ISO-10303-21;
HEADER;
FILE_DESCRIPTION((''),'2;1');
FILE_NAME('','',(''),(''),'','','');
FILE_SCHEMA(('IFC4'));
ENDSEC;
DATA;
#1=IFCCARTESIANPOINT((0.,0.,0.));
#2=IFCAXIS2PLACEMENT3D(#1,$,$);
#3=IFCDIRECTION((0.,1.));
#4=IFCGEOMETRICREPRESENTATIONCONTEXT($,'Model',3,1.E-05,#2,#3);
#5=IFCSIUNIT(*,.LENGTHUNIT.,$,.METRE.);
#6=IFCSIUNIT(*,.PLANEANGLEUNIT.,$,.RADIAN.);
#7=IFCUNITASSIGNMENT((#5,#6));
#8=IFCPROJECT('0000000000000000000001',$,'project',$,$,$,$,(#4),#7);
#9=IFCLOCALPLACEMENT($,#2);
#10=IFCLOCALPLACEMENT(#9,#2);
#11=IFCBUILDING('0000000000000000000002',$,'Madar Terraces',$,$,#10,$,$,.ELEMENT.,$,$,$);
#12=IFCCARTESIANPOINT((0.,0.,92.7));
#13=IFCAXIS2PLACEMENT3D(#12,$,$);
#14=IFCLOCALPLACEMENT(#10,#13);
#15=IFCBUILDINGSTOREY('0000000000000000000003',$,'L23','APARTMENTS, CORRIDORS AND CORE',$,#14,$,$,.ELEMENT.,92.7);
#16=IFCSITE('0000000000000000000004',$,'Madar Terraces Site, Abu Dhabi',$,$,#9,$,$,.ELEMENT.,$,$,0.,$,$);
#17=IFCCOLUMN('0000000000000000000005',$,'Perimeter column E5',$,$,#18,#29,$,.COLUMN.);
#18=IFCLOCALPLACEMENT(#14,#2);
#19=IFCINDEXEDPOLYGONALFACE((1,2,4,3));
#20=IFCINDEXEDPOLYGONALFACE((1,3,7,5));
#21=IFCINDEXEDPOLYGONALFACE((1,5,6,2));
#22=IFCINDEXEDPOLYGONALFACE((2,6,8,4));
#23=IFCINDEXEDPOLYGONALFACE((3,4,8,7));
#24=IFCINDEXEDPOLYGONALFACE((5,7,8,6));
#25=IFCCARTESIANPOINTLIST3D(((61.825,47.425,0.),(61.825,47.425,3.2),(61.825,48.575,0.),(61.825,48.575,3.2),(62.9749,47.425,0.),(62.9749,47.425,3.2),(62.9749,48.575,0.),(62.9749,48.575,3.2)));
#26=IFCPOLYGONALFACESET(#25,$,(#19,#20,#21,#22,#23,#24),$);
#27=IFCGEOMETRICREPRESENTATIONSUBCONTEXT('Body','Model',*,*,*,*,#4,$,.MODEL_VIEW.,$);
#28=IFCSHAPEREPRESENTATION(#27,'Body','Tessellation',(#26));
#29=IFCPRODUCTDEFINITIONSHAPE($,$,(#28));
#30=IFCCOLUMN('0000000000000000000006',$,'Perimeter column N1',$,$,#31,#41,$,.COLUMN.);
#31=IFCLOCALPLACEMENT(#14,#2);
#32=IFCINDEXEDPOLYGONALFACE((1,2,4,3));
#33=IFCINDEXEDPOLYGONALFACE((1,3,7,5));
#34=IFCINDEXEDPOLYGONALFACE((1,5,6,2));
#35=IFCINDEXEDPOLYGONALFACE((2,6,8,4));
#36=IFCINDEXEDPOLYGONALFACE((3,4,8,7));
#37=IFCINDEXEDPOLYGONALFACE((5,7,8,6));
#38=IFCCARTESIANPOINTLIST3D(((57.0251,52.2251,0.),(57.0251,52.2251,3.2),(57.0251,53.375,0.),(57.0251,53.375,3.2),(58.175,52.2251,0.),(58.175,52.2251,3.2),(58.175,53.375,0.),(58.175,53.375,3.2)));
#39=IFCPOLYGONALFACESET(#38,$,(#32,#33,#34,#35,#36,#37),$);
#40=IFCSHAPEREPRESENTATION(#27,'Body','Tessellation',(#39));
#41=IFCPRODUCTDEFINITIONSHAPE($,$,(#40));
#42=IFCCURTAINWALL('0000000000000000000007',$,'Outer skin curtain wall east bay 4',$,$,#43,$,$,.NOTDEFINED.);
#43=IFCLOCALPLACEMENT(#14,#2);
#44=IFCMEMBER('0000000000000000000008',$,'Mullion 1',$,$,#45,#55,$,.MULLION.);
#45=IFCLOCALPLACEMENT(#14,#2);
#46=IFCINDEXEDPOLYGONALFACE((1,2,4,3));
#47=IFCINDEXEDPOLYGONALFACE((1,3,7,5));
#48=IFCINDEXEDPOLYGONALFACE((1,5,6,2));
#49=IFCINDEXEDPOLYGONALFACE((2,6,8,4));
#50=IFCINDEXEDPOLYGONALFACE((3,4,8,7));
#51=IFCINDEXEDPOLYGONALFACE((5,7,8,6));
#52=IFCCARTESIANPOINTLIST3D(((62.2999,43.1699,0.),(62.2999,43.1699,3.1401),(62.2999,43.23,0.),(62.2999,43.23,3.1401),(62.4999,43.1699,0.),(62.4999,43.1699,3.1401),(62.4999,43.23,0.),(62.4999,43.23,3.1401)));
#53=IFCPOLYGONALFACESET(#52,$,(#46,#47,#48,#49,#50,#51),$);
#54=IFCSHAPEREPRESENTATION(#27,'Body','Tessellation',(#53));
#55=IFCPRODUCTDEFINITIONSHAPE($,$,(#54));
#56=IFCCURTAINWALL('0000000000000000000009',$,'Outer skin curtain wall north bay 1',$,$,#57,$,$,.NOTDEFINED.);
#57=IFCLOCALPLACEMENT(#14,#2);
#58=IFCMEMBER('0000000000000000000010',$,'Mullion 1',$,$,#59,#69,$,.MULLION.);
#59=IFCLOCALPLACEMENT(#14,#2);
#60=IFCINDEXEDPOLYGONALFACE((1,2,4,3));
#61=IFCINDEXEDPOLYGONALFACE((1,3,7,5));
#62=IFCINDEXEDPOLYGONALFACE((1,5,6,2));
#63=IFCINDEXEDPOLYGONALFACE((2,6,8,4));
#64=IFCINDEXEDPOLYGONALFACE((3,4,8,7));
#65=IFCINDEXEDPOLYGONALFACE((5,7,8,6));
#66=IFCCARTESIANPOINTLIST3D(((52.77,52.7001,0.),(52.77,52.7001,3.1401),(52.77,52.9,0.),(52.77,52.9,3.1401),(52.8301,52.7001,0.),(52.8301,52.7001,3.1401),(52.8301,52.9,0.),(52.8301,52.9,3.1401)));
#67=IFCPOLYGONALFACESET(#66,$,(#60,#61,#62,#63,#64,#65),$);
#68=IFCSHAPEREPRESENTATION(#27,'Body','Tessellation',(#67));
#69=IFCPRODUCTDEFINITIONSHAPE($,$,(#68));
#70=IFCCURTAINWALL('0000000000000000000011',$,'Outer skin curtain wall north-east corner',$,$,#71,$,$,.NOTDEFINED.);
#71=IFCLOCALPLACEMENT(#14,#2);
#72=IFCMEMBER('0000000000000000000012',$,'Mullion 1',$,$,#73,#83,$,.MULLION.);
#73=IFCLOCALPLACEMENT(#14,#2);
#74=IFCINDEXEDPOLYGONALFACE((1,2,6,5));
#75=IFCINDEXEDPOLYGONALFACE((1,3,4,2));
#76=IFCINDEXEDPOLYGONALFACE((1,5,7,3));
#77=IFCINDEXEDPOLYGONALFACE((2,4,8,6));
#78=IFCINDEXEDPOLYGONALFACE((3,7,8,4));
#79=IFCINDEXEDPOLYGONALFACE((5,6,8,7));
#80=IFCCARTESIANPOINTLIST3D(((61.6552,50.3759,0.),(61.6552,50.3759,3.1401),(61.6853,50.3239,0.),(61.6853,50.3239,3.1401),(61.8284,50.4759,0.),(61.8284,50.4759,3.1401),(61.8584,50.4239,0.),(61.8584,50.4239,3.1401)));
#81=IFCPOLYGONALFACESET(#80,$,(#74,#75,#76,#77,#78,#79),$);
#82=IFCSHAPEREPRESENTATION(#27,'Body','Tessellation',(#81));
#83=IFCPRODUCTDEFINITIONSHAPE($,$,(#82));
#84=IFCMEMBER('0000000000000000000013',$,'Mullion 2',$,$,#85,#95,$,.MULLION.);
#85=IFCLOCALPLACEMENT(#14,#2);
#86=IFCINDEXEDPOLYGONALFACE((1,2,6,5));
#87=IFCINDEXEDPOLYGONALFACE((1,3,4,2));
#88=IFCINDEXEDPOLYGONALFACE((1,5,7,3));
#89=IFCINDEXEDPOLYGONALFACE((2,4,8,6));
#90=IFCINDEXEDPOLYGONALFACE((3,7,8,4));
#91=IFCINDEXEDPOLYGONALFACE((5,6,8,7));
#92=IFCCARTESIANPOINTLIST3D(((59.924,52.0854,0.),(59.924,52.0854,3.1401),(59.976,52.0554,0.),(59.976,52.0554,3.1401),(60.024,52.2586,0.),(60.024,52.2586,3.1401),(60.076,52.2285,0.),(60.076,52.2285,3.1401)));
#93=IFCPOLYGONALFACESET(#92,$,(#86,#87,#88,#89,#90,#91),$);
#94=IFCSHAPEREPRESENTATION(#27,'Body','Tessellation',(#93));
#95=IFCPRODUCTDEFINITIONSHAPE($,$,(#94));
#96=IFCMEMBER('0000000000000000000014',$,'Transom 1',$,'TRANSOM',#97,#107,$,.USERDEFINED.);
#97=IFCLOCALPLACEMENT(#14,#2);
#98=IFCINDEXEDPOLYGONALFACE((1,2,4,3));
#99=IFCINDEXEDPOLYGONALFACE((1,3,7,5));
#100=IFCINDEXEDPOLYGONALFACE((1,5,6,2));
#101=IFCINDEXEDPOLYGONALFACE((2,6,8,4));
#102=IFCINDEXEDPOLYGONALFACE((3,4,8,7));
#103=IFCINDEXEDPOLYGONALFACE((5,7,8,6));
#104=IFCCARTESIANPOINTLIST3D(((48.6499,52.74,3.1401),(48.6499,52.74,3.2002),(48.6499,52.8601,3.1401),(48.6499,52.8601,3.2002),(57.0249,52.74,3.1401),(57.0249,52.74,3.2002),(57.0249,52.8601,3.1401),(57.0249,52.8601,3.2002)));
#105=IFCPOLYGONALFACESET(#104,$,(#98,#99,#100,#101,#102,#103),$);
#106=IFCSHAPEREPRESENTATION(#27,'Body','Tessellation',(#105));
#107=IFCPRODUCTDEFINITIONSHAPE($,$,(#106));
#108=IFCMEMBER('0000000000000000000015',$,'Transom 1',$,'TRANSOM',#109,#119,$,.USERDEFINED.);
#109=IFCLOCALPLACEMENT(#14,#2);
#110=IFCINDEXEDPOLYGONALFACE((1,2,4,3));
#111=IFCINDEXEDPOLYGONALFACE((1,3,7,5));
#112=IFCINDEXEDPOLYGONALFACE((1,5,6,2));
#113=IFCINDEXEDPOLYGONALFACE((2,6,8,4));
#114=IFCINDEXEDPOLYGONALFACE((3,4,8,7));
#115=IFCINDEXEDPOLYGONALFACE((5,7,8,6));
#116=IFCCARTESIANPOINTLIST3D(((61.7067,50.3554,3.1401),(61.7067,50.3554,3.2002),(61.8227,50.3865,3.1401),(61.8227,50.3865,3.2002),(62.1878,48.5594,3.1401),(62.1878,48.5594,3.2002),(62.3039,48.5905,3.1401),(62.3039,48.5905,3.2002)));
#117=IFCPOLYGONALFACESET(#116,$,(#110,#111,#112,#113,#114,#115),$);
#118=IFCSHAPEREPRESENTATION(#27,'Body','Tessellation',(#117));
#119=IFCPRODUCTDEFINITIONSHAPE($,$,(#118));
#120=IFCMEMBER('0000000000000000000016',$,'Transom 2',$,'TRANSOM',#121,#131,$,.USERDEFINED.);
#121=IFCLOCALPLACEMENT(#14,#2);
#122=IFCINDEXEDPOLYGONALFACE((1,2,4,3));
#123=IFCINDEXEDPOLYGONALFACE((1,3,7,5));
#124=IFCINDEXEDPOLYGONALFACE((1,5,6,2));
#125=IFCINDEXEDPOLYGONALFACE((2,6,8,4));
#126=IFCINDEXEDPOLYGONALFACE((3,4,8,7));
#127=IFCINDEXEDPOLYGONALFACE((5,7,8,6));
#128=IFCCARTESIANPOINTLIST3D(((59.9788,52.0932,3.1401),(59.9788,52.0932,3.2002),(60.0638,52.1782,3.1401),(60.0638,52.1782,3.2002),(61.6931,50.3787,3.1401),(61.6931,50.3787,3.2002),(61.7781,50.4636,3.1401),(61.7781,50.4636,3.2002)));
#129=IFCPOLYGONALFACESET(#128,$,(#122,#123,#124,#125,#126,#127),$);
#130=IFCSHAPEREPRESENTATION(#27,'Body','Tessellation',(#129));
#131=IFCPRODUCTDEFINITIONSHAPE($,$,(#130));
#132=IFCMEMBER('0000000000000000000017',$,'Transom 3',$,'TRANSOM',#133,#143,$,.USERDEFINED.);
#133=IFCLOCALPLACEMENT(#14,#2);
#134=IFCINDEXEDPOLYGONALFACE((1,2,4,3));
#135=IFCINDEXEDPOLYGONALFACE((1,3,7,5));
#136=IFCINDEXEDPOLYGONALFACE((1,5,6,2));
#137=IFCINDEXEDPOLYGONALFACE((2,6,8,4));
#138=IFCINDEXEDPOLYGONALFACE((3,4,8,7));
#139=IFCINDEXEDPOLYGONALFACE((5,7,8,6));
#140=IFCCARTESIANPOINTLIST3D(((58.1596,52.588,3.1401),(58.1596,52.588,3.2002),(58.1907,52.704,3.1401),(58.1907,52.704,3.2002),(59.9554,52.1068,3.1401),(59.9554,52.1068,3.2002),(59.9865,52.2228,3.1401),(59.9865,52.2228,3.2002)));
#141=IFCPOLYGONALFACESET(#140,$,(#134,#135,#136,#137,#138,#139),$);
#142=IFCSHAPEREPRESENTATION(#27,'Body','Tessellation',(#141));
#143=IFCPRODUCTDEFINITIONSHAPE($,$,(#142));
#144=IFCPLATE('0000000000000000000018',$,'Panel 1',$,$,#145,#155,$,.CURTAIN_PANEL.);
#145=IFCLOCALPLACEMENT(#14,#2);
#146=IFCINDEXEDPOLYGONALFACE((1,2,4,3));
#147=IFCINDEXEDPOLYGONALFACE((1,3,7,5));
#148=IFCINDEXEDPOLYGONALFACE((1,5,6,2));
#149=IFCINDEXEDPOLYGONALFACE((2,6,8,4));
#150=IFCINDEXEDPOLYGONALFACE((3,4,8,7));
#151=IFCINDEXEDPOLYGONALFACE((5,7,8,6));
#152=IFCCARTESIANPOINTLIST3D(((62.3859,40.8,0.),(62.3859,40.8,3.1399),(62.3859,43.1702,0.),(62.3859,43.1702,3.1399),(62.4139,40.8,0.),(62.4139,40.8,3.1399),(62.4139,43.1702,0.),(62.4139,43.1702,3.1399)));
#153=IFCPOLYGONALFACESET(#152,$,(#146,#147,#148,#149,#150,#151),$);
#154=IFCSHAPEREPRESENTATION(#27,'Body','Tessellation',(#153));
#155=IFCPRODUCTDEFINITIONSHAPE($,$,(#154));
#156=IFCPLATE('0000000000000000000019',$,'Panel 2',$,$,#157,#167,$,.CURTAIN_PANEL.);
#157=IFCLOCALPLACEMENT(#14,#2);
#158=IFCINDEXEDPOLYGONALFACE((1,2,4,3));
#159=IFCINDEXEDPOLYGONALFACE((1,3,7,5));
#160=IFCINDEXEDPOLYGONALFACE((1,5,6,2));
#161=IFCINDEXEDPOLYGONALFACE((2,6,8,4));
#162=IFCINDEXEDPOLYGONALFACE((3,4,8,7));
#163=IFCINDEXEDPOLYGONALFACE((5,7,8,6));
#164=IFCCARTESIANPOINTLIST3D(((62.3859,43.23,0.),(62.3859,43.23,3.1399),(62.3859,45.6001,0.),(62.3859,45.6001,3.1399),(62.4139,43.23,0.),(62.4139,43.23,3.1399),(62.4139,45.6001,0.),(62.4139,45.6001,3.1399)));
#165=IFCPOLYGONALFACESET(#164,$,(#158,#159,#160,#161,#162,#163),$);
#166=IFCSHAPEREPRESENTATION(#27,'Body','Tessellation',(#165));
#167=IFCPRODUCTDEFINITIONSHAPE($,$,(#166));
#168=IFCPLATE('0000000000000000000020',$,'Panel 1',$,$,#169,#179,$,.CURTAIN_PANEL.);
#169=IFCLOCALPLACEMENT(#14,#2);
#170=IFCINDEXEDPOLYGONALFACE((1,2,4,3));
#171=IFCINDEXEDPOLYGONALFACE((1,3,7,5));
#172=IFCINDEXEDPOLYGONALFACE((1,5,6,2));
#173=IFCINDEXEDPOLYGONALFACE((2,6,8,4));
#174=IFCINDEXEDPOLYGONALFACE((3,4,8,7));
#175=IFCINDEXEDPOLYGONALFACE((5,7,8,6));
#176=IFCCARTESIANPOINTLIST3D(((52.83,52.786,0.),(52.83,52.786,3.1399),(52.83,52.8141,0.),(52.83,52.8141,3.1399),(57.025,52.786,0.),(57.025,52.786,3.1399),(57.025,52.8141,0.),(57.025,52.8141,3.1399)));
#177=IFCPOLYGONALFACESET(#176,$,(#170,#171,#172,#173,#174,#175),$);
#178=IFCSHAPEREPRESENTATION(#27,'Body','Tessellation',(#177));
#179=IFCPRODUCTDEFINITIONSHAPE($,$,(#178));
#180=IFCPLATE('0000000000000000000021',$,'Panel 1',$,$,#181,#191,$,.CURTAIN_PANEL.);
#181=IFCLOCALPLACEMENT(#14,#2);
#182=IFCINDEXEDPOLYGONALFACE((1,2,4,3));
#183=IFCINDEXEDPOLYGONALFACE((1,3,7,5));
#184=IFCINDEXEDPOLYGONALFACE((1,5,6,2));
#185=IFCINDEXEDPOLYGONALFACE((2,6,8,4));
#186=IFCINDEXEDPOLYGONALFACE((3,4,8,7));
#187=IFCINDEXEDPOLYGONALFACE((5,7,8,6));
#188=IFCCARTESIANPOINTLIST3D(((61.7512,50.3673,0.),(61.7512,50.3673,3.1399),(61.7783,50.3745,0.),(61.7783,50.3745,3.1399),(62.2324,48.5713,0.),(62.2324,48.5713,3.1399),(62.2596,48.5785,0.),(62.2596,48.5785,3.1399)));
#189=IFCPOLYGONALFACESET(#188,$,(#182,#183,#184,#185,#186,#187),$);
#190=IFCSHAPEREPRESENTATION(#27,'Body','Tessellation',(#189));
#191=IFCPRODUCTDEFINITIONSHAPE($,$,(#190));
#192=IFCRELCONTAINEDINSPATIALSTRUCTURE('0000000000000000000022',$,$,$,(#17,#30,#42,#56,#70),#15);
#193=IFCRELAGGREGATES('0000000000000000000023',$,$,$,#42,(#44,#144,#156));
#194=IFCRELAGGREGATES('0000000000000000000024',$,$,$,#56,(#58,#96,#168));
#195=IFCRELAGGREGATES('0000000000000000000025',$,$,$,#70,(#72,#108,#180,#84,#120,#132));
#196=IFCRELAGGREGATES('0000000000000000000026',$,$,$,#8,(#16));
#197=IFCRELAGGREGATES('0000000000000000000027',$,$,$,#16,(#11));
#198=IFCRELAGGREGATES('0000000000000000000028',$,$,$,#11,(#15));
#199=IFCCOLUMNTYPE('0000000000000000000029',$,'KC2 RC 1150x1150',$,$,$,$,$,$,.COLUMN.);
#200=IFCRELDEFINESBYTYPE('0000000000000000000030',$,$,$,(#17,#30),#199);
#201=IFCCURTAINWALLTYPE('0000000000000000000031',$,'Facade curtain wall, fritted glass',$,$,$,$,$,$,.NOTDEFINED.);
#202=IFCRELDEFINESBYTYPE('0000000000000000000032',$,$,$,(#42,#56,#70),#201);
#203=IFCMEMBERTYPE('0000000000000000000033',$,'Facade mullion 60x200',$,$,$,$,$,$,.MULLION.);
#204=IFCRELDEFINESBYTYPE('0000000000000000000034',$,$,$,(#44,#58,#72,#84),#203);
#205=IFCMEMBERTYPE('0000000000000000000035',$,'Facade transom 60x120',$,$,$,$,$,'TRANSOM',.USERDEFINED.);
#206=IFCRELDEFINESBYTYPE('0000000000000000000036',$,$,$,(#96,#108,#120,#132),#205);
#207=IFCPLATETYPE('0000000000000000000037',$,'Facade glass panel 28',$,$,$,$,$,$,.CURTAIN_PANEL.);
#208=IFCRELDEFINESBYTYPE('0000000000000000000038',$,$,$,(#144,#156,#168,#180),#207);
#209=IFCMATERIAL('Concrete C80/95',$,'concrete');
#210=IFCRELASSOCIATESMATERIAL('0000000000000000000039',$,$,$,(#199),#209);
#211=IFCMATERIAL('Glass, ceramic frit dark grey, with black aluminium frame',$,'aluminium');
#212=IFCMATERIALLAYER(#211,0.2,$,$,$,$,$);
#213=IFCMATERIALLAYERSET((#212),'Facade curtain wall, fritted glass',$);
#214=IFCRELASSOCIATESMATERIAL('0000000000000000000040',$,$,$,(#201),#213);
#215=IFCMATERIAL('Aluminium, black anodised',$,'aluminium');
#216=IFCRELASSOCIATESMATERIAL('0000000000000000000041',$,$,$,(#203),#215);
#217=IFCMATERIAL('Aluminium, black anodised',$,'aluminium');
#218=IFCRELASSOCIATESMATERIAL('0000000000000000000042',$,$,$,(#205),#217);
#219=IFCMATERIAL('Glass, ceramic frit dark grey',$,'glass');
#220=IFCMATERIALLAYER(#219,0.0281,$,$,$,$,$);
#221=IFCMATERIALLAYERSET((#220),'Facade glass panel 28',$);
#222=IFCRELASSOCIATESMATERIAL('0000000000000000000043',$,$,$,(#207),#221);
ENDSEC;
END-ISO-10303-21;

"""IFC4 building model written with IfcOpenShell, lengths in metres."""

from ifc_helpers import new_model, si_unit, direction, frame, origin, origin_2d, place, context, subcontext, project, spatial, rectangle, extrude, material, layer, layer_set, material_profile, profile_set, type_object, element, aggregate, save


model = new_model("IFC4")

# Units and contexts
model_context = context("Model", 3, precision=1e-05, world=origin(), true_north=direction((0.0, 1.0)))
body_context = subcontext(model_context, "Body", "Model", "MODEL_VIEW")
ifc_project = project(units=[si_unit("LENGTHUNIT", "METRE"), si_unit("PLANEANGLEUNIT", "RADIAN")], contexts=[model_context])

# Site, building, storey
site_placement = place(None, origin())
site = spatial("IfcSite", under=ifc_project, at=site_placement, Name="Madar Terraces Site, Abu Dhabi", CompositionType="ELEMENT", RefElevation=0.0)
building_placement = place(site_placement, origin())
building = spatial("IfcBuilding", under=site, at=building_placement, Name="Madar Terraces", CompositionType="ELEMENT")
storey_placement = place(building_placement, frame((0.0, 0.0, 92.7)))
storey = spatial("IfcBuildingStorey", under=building, at=storey_placement, Name="L23", Description="APARTMENTS, CORRIDORS AND CORE", CompositionType="ELEMENT", Elevation=92.7)

# Columns
ifc_material_1 = material(Name="Concrete C80/95", Category="concrete")
ifc_material_profile_1 = material_profile(ifc_material_1, rectangle(XDim=1.1499, YDim=1.1499, at=origin_2d()), Name="KC2 RC 1150x1150")
ifc_profile_set_1 = profile_set([ifc_material_profile_1], Name="Concrete C80/95")
column_type = type_object("IfcColumnType", Name="KC2 RC 1150x1150", PredefinedType="COLUMN", material=ifc_profile_set_1)
for number, where, z_axis, x_axis, name in (
    (1, (62.3999, 48.0, 0.0), (0.0, 0.0, 1.0), (1.0, 0.0, 0.0), "Perimeter column E5"),
    (2, (57.6001, 52.8, 0.0), (0.0, 0.0, 1.0), (1.0, 0.0, 0.0), "Perimeter column N1"),
):
    element("IfcColumn", number, at=place(storey_placement, frame(where, z_axis=z_axis, x_axis=x_axis)), inside=storey, type_object=column_type, Name=name, PredefinedType="COLUMN", context=body_context, shape_type="SweptSolid", body=[
        extrude(rectangle(XDim=1.1499, YDim=1.1499, at=origin_2d()), origin(), (0.0, 0.0, 1.0), 3.2),
    ])

# Curtain walls, members
ifc_material_2 = material(Name="Glass, ceramic frit dark grey, with black aluminium frame", Category="aluminium")
ifc_layer_1 = layer(ifc_material_2, 0.2)
ifc_layer_set_1 = layer_set([ifc_layer_1], Name="Facade curtain wall, fritted glass")
curtain_wall_type = type_object("IfcCurtainWallType", Name="Facade curtain wall, fritted glass", PredefinedType="NOTDEFINED", material=ifc_layer_set_1)
curtain_wall_1_placement = place(storey_placement, origin())
curtain_wall_1 = element("IfcCurtainWall", 3, at=curtain_wall_1_placement, inside=storey, type_object=curtain_wall_type, Name="Outer skin curtain wall east bay 4", PredefinedType="NOTDEFINED")
ifc_material_3 = material(Name="Aluminium, black anodised", Category="aluminium")
ifc_material_profile_2 = material_profile(ifc_material_3, rectangle(XDim=0.2, YDim=0.0601, at=origin_2d()), Name="Facade mullion 60x200")
ifc_profile_set_2 = profile_set([ifc_material_profile_2], Name="Aluminium, black anodised")
member_type_1 = type_object("IfcMemberType", Name="Facade mullion 60x200", PredefinedType="MULLION", material=ifc_profile_set_2)
member_1_placement = place(storey_placement, frame((62.3999, 43.2, 0.0), z_axis=(0.0, 0.0, 1.0), x_axis=(-1.0, 0.0, 0.0)))
member_1 = element("IfcMember", 4, at=member_1_placement, type_object=member_type_1, Name="Mullion 1", PredefinedType="MULLION", context=body_context, shape_type="SweptSolid", body=[
    extrude(rectangle(XDim=0.2, YDim=0.0601, at=origin_2d()), origin(), (0.0, 0.0, 1.0), 3.1401),
])
curtain_wall_2_placement = place(storey_placement, origin())
curtain_wall_2 = element("IfcCurtainWall", 5, at=curtain_wall_2_placement, inside=storey, type_object=curtain_wall_type, Name="Outer skin curtain wall north bay 1", PredefinedType="NOTDEFINED")
member_2_placement = place(storey_placement, frame((52.8, 52.8, 0.0), z_axis=(0.0, 0.0, 1.0), x_axis=(0.0, -1.0, 0.0)))
member_2 = element("IfcMember", 6, at=member_2_placement, type_object=member_type_1, Name="Mullion 1", PredefinedType="MULLION", context=body_context, shape_type="SweptSolid", body=[
    extrude(rectangle(XDim=0.2, YDim=0.0601, at=origin_2d()), origin(), (0.0, 0.0, 1.0), 3.1401),
])

# Curtain wall, members
curtain_wall_3_placement = place(storey_placement, origin())
curtain_wall_3 = element("IfcCurtainWall", 7, at=curtain_wall_3_placement, inside=storey, type_object=curtain_wall_type, Name="Outer skin curtain wall north-east corner", PredefinedType="NOTDEFINED")
member_3_placement = place(storey_placement, frame((61.7568, 50.3999, 0.0), z_axis=(0.0, 0.0, 1.0), x_axis=(-0.866025, -0.5, 0.0)))
member_3 = element("IfcMember", 8, at=member_3_placement, type_object=member_type_1, Name="Mullion 1", PredefinedType="MULLION", context=body_context, shape_type="SweptSolid", body=[
    extrude(rectangle(XDim=0.2, YDim=0.0601, at=origin_2d()), origin(), (0.0, 0.0, 1.0), 3.1401),
])
member_4_placement = place(storey_placement, frame((60.0, 52.157, 0.0), z_axis=(0.0, 0.0, 1.0), x_axis=(-0.5, -0.866025, 0.0)))
member_4 = element("IfcMember", 9, at=member_4_placement, type_object=member_type_1, Name="Mullion 2", PredefinedType="MULLION", context=body_context, shape_type="SweptSolid", body=[
    extrude(rectangle(XDim=0.2, YDim=0.0601, at=origin_2d()), origin(), (0.0, 0.0, 1.0), 3.1401),
])

# Members
ifc_material_4 = material(Name="Aluminium, black anodised", Category="aluminium")
ifc_material_profile_3 = material_profile(ifc_material_4, rectangle(XDim=0.1201, YDim=0.0601, at=origin_2d()), Name="Facade transom 60x120")
ifc_profile_set_3 = profile_set([ifc_material_profile_3], Name="Aluminium, black anodised")
member_type_2 = type_object("IfcMemberType", Name="Facade transom 60x120", ElementType="TRANSOM", PredefinedType="USERDEFINED", material=ifc_profile_set_3)
member_5_placement = place(storey_placement, frame((57.0249, 52.8, 3.1702), z_axis=(-1.0, 0.0, 0.0), x_axis=(0.0, -1.0, 0.0)))
member_5 = element("IfcMember", 10, at=member_5_placement, type_object=member_type_2, Name="Transom 1", ObjectType="TRANSOM", PredefinedType="USERDEFINED", context=body_context, shape_type="SweptSolid", body=[
    extrude(rectangle(XDim=0.1201, YDim=0.0601, at=origin_2d()), origin(), (0.0, 0.0, 1.0), 8.375),
])
member_6_placement = place(storey_placement, frame((62.2458, 48.575, 3.1702), z_axis=(-0.258782, 0.965936, 0.0), x_axis=(-0.965936, -0.258782, 0.0)))
member_6 = element("IfcMember", 11, at=member_6_placement, type_object=member_type_2, Name="Transom 1", ObjectType="TRANSOM", PredefinedType="USERDEFINED", context=body_context, shape_type="SweptSolid", body=[
    extrude(rectangle(XDim=0.1201, YDim=0.0601, at=origin_2d()), origin(), (0.0, 0.0, 1.0), 1.8594),
])
member_7_placement = place(storey_placement, frame((61.7356, 50.4211, 3.1702), z_axis=(-0.707056, 0.707157, 0.0), x_axis=(-0.707157, -0.707056, 0.0)))
member_7 = element("IfcMember", 12, at=member_7_placement, type_object=member_type_2, Name="Transom 2", ObjectType="TRANSOM", PredefinedType="USERDEFINED", context=body_context, shape_type="SweptSolid", body=[
    extrude(rectangle(XDim=0.1201, YDim=0.0601, at=origin_2d()), origin(), (0.0, 0.0, 1.0), 2.4246),
])
member_8_placement = place(storey_placement, frame((59.9709, 52.1648, 3.1702), z_axis=(-0.965927, 0.258815, 0.0), x_axis=(-0.258815, -0.965927, 0.0)))
member_8 = element("IfcMember", 13, at=member_8_placement, type_object=member_type_2, Name="Transom 3", ObjectType="TRANSOM", PredefinedType="USERDEFINED", context=body_context, shape_type="SweptSolid", body=[
    extrude(rectangle(XDim=0.1201, YDim=0.0601, at=origin_2d()), origin(), (0.0, 0.0, 1.0), 1.8591),
])

# Plates
ifc_material_5 = material(Name="Glass, ceramic frit dark grey", Category="glass")
ifc_layer_2 = layer(ifc_material_5, 0.0281)
ifc_layer_set_2 = layer_set([ifc_layer_2], Name="Facade glass panel 28")
plate_type = type_object("IfcPlateType", Name="Facade glass panel 28", PredefinedType="CURTAIN_PANEL", material=ifc_layer_set_2)
plate_1_placement = place(storey_placement, frame((62.3999, 41.9851, 0.0), z_axis=(0.0, 0.0, 1.0), x_axis=(0.0, 1.0, 0.0)))
plate_1 = element("IfcPlate", 14, at=plate_1_placement, type_object=plate_type, Name="Panel 1", PredefinedType="CURTAIN_PANEL", context=body_context, shape_type="SweptSolid", body=[
    extrude(rectangle(XDim=2.3701, YDim=0.0281, at=origin_2d()), origin(), (0.0, 0.0, 1.0), 3.1399),
])
plate_2_placement = place(storey_placement, frame((62.3999, 44.415, 0.0), z_axis=(0.0, 0.0, 1.0), x_axis=(0.0, 1.0, 0.0)))
plate_2 = element("IfcPlate", 15, at=plate_2_placement, type_object=plate_type, Name="Panel 2", PredefinedType="CURTAIN_PANEL", context=body_context, shape_type="SweptSolid", body=[
    extrude(rectangle(XDim=2.3701, YDim=0.0281, at=origin_2d()), origin(), (0.0, 0.0, 1.0), 3.1399),
])
aggregate(curtain_wall_1, [member_1, plate_1, plate_2])
plate_3_placement = place(storey_placement, frame((54.9275, 52.8, 0.0), z_axis=(0.0, 0.0, 1.0), x_axis=(-1.0, 0.0, 0.0)))
plate_3 = element("IfcPlate", 16, at=plate_3_placement, type_object=plate_type, Name="Panel 1", PredefinedType="CURTAIN_PANEL", context=body_context, shape_type="SweptSolid", body=[
    extrude(rectangle(XDim=4.1951, YDim=0.0281, at=origin_2d()), origin(), (0.0, 0.0, 1.0), 3.1399),
])
aggregate(curtain_wall_2, [member_2, member_5, plate_3])
plate_4_placement = place(storey_placement, frame((62.0054, 49.4729, 0.0), z_axis=(0.0, 0.0, 1.0), x_axis=(-0.258819, 0.965926, 0.0)))
plate_4 = element("IfcPlate", 17, at=plate_4_placement, type_object=plate_type, Name="Panel 1", PredefinedType="CURTAIN_PANEL", context=body_context, shape_type="SweptSolid", body=[
    extrude(rectangle(XDim=1.8594, YDim=0.0281, at=origin_2d()), origin(), (0.0, 0.0, 1.0), 3.1399),
])
aggregate(curtain_wall_3, [member_3, member_6, plate_4, member_4, member_7, member_8])

save(model, "model.ifc")
